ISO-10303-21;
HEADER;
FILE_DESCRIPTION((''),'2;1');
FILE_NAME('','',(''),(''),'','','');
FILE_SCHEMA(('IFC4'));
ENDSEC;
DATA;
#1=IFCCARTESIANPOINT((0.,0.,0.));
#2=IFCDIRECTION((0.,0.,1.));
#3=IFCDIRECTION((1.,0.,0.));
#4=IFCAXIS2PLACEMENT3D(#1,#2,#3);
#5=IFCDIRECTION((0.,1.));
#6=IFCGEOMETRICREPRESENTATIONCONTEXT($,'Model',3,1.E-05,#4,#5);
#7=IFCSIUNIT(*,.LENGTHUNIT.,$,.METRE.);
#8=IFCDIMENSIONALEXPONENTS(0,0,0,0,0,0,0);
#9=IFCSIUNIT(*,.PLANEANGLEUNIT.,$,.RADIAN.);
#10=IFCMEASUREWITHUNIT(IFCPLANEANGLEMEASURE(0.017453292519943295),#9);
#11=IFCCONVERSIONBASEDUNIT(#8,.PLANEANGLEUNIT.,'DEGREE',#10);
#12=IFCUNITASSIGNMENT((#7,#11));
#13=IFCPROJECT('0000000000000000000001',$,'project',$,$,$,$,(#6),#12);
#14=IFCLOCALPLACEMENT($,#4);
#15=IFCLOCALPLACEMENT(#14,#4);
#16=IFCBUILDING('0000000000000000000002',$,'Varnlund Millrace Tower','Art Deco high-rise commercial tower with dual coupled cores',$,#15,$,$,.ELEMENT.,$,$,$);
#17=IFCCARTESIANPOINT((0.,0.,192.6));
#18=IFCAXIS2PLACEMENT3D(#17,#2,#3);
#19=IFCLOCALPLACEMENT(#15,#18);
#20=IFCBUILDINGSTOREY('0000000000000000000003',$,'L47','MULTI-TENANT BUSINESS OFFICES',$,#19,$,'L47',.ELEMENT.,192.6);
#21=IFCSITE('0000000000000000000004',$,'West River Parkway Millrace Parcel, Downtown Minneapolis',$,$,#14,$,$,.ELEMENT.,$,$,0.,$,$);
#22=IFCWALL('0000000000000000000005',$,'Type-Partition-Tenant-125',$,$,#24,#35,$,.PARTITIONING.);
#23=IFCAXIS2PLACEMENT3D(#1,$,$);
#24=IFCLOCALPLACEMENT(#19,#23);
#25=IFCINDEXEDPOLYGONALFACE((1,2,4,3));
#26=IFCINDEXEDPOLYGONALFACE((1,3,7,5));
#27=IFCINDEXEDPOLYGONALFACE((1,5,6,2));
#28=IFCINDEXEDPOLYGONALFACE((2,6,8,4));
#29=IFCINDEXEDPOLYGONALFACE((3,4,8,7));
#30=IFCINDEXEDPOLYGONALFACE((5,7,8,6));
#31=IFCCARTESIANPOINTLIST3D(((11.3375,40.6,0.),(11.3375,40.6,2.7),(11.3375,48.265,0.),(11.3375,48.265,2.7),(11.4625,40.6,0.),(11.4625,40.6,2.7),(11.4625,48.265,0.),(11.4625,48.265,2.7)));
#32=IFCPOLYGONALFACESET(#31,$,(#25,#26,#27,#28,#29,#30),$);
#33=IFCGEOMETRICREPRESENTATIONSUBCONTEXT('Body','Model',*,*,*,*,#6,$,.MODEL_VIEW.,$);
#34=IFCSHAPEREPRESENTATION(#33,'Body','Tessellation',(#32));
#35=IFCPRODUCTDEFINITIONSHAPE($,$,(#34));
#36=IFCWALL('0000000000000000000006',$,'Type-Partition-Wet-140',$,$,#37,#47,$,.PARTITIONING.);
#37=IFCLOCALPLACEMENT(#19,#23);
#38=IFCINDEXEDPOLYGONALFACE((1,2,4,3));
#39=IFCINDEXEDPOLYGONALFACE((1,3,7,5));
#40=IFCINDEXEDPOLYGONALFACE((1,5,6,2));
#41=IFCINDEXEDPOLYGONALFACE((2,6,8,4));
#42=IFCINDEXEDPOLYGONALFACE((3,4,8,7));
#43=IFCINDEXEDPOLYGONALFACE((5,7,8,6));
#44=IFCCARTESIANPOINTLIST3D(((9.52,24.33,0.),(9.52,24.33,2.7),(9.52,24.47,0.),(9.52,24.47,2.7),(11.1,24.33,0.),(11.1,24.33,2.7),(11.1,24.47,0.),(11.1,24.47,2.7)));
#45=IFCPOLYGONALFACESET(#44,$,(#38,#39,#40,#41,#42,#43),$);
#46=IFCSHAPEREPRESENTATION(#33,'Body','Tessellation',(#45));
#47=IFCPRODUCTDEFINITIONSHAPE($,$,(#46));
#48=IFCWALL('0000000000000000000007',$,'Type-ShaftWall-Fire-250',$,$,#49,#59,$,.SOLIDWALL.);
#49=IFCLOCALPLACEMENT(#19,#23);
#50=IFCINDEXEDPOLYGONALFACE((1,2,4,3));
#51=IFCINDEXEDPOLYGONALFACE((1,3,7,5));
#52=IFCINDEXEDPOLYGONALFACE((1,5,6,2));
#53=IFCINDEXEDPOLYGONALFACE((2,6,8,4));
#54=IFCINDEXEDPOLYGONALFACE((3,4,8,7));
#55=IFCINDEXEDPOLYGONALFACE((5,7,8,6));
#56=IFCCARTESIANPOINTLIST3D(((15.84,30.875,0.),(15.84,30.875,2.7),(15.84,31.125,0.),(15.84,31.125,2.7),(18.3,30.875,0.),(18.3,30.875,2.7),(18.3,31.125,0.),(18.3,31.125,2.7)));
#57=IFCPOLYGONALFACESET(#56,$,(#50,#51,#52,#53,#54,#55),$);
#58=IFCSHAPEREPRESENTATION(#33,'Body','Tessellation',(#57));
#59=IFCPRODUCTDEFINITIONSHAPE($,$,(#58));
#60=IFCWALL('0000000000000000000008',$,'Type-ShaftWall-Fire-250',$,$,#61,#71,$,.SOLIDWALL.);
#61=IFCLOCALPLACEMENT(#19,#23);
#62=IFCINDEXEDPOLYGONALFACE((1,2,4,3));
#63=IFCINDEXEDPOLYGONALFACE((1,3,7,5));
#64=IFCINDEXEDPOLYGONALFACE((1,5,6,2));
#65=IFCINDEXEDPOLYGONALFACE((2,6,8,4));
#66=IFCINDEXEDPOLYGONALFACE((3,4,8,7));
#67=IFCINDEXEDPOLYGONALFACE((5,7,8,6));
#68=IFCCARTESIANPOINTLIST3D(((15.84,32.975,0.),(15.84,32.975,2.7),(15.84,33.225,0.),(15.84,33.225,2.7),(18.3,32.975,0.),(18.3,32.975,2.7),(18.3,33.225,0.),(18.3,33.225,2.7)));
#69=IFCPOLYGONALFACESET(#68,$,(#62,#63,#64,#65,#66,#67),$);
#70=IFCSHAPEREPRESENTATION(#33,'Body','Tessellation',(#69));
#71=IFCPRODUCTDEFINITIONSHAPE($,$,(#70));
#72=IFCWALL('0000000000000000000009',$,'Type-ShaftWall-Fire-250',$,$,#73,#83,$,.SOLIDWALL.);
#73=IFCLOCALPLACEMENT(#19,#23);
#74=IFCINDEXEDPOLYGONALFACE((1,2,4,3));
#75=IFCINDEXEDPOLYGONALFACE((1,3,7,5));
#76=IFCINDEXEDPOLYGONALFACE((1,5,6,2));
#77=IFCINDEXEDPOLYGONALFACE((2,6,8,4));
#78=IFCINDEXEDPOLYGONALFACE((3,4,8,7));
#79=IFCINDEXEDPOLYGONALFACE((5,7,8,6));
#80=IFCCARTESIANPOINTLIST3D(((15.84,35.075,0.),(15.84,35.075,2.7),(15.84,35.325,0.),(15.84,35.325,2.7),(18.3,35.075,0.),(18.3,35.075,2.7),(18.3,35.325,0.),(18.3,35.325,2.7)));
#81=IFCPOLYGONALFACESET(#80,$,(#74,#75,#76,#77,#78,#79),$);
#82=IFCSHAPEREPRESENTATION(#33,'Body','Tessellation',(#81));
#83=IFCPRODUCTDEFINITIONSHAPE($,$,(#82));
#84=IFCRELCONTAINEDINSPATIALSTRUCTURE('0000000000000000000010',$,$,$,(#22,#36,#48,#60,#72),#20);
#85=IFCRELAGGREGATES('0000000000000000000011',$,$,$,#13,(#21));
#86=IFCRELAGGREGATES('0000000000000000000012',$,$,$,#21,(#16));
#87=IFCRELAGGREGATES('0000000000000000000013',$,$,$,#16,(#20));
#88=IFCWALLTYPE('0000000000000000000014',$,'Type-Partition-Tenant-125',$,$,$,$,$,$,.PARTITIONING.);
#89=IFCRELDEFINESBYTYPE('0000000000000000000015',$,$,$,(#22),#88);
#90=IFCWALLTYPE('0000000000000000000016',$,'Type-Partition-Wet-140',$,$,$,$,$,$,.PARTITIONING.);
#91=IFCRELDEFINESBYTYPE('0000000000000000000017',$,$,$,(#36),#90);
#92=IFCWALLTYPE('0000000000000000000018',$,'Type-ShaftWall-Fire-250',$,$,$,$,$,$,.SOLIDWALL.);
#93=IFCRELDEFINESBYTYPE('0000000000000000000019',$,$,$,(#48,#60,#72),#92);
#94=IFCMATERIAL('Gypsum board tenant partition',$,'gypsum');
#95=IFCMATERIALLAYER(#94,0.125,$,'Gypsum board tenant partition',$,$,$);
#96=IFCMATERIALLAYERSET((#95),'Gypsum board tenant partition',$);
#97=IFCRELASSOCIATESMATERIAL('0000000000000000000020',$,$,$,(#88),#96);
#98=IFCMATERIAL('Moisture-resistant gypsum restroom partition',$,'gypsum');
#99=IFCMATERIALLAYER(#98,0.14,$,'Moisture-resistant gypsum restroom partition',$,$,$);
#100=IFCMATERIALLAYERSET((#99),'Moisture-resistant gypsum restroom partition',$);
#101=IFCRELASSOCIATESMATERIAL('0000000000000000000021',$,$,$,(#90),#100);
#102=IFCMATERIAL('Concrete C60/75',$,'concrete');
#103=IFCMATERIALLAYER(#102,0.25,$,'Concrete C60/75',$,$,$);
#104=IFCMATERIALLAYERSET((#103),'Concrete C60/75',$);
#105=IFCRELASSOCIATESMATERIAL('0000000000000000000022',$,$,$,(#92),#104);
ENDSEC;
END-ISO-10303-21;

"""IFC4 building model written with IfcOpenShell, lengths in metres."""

from ifc_helpers import new_model, entity, si_unit, converted_unit, direction, frame, origin_with_axes, place, context, subcontext, project, spatial, polyline, outline, extrude, material, layer, layer_set, type_object, element, save


model = new_model("IFC4")

# Units and contexts
model_context = context("Model", 3, precision=1e-05, world=origin_with_axes(), true_north=direction((0.0, 1.0)))
body_context = subcontext(model_context, "Body", "Model", "MODEL_VIEW")
ifc_project = project(units=[si_unit("LENGTHUNIT", "METRE"), converted_unit("PLANEANGLEUNIT", "DEGREE", entity("IfcPlaneAngleMeasure", 0.017453292519943295), si_unit("PLANEANGLEUNIT", "RADIAN"), dimensions=[0, 0, 0, 0, 0, 0, 0])], contexts=[model_context])

# Site, building, storey
site_placement = place(None, origin_with_axes())
site = spatial("IfcSite", under=ifc_project, at=site_placement, Name="West River Parkway Millrace Parcel, Downtown Minneapolis", CompositionType="ELEMENT", RefElevation=0.0)
building_placement = place(site_placement, origin_with_axes())
building = spatial("IfcBuilding", under=site, at=building_placement, Name="Varnlund Millrace Tower", Description="Art Deco high-rise commercial tower with dual coupled cores", CompositionType="ELEMENT")
storey_placement = place(building_placement, frame((0.0, 0.0, 192.6), z_axis=(0.0, 0.0, 1.0), x_axis=(1.0, 0.0, 0.0)))
storey = spatial("IfcBuildingStorey", under=building, at=storey_placement, Name="L47", Description="MULTI-TENANT BUSINESS OFFICES", LongName="L47", CompositionType="ELEMENT", Elevation=192.6)

# Walls
ifc_material_1 = material(Name="Gypsum board tenant partition", Category="gypsum")
ifc_layer_1 = layer(ifc_material_1, 0.125, Name="Gypsum board tenant partition")
ifc_layer_set_1 = layer_set([ifc_layer_1], Name="Gypsum board tenant partition")
wall_type_1 = type_object("IfcWallType", Name="Type-Partition-Tenant-125", PredefinedType="PARTITIONING", material=ifc_layer_set_1)
wall_1_placement = place(storey_placement, frame((11.4, 40.6, 0.0), z_axis=(0.0, 0.0, 1.0), x_axis=(0.0, 1.0, 0.0)))
element("IfcWall", 1, at=wall_1_placement, inside=storey, type_object=wall_type_1, Name="Type-Partition-Tenant-125", PredefinedType="PARTITIONING", context=body_context, shape_type="SweptSolid", body=[
    extrude(outline(polyline([(0.0, -0.0625), (7.665, -0.0625), (7.665, 0.0625), (0.0, 0.0625), (0.0, -0.0625)])), origin_with_axes(), (0.0, 0.0, 1.0), 2.7),
])
ifc_material_2 = material(Name="Moisture-resistant gypsum restroom partition", Category="gypsum")
ifc_layer_2 = layer(ifc_material_2, 0.14, Name="Moisture-resistant gypsum restroom partition")
ifc_layer_set_2 = layer_set([ifc_layer_2], Name="Moisture-resistant gypsum restroom partition")
wall_type_2 = type_object("IfcWallType", Name="Type-Partition-Wet-140", PredefinedType="PARTITIONING", material=ifc_layer_set_2)
wall_2_placement = place(storey_placement, frame((9.52, 24.4, 0.0), z_axis=(0.0, 0.0, 1.0), x_axis=(1.0, 0.0, 0.0)))
element("IfcWall", 2, at=wall_2_placement, inside=storey, type_object=wall_type_2, Name="Type-Partition-Wet-140", PredefinedType="PARTITIONING", context=body_context, shape_type="SweptSolid", body=[
    extrude(outline(polyline([(0.0, -0.07), (1.58, -0.07), (1.58, 0.07), (0.0, 0.07), (0.0, -0.07)])), origin_with_axes(), (0.0, 0.0, 1.0), 2.7),
])
ifc_material_3 = material(Name="Concrete C60/75", Category="concrete")
ifc_layer_3 = layer(ifc_material_3, 0.25, Name="Concrete C60/75")
ifc_layer_set_3 = layer_set([ifc_layer_3], Name="Concrete C60/75")
wall_type_3 = type_object("IfcWallType", Name="Type-ShaftWall-Fire-250", PredefinedType="SOLIDWALL", material=ifc_layer_set_3)
for number, where, z_axis, x_axis, name in (
    (3, (15.84, 31.0, 0.0), (0.0, 0.0, 1.0), (1.0, 0.0, 0.0), "Type-ShaftWall-Fire-250"),
    (4, (15.84, 33.1, 0.0), (0.0, 0.0, 1.0), (1.0, 0.0, 0.0), "Type-ShaftWall-Fire-250"),
    (5, (15.84, 35.2, 0.0), (0.0, 0.0, 1.0), (1.0, 0.0, 0.0), "Type-ShaftWall-Fire-250"),
):
    element("IfcWall", number, at=place(storey_placement, frame(where, z_axis=z_axis, x_axis=x_axis)), inside=storey, type_object=wall_type_3, Name=name, PredefinedType="SOLIDWALL", context=body_context, shape_type="SweptSolid", body=[
        extrude(outline(polyline([(0.0, -0.125), (2.46, -0.125), (2.46, 0.125), (0.0, 0.125), (0.0, -0.125)])), origin_with_axes(), (0.0, 0.0, 1.0), 2.7),
    ])

save(model, "model.ifc")
